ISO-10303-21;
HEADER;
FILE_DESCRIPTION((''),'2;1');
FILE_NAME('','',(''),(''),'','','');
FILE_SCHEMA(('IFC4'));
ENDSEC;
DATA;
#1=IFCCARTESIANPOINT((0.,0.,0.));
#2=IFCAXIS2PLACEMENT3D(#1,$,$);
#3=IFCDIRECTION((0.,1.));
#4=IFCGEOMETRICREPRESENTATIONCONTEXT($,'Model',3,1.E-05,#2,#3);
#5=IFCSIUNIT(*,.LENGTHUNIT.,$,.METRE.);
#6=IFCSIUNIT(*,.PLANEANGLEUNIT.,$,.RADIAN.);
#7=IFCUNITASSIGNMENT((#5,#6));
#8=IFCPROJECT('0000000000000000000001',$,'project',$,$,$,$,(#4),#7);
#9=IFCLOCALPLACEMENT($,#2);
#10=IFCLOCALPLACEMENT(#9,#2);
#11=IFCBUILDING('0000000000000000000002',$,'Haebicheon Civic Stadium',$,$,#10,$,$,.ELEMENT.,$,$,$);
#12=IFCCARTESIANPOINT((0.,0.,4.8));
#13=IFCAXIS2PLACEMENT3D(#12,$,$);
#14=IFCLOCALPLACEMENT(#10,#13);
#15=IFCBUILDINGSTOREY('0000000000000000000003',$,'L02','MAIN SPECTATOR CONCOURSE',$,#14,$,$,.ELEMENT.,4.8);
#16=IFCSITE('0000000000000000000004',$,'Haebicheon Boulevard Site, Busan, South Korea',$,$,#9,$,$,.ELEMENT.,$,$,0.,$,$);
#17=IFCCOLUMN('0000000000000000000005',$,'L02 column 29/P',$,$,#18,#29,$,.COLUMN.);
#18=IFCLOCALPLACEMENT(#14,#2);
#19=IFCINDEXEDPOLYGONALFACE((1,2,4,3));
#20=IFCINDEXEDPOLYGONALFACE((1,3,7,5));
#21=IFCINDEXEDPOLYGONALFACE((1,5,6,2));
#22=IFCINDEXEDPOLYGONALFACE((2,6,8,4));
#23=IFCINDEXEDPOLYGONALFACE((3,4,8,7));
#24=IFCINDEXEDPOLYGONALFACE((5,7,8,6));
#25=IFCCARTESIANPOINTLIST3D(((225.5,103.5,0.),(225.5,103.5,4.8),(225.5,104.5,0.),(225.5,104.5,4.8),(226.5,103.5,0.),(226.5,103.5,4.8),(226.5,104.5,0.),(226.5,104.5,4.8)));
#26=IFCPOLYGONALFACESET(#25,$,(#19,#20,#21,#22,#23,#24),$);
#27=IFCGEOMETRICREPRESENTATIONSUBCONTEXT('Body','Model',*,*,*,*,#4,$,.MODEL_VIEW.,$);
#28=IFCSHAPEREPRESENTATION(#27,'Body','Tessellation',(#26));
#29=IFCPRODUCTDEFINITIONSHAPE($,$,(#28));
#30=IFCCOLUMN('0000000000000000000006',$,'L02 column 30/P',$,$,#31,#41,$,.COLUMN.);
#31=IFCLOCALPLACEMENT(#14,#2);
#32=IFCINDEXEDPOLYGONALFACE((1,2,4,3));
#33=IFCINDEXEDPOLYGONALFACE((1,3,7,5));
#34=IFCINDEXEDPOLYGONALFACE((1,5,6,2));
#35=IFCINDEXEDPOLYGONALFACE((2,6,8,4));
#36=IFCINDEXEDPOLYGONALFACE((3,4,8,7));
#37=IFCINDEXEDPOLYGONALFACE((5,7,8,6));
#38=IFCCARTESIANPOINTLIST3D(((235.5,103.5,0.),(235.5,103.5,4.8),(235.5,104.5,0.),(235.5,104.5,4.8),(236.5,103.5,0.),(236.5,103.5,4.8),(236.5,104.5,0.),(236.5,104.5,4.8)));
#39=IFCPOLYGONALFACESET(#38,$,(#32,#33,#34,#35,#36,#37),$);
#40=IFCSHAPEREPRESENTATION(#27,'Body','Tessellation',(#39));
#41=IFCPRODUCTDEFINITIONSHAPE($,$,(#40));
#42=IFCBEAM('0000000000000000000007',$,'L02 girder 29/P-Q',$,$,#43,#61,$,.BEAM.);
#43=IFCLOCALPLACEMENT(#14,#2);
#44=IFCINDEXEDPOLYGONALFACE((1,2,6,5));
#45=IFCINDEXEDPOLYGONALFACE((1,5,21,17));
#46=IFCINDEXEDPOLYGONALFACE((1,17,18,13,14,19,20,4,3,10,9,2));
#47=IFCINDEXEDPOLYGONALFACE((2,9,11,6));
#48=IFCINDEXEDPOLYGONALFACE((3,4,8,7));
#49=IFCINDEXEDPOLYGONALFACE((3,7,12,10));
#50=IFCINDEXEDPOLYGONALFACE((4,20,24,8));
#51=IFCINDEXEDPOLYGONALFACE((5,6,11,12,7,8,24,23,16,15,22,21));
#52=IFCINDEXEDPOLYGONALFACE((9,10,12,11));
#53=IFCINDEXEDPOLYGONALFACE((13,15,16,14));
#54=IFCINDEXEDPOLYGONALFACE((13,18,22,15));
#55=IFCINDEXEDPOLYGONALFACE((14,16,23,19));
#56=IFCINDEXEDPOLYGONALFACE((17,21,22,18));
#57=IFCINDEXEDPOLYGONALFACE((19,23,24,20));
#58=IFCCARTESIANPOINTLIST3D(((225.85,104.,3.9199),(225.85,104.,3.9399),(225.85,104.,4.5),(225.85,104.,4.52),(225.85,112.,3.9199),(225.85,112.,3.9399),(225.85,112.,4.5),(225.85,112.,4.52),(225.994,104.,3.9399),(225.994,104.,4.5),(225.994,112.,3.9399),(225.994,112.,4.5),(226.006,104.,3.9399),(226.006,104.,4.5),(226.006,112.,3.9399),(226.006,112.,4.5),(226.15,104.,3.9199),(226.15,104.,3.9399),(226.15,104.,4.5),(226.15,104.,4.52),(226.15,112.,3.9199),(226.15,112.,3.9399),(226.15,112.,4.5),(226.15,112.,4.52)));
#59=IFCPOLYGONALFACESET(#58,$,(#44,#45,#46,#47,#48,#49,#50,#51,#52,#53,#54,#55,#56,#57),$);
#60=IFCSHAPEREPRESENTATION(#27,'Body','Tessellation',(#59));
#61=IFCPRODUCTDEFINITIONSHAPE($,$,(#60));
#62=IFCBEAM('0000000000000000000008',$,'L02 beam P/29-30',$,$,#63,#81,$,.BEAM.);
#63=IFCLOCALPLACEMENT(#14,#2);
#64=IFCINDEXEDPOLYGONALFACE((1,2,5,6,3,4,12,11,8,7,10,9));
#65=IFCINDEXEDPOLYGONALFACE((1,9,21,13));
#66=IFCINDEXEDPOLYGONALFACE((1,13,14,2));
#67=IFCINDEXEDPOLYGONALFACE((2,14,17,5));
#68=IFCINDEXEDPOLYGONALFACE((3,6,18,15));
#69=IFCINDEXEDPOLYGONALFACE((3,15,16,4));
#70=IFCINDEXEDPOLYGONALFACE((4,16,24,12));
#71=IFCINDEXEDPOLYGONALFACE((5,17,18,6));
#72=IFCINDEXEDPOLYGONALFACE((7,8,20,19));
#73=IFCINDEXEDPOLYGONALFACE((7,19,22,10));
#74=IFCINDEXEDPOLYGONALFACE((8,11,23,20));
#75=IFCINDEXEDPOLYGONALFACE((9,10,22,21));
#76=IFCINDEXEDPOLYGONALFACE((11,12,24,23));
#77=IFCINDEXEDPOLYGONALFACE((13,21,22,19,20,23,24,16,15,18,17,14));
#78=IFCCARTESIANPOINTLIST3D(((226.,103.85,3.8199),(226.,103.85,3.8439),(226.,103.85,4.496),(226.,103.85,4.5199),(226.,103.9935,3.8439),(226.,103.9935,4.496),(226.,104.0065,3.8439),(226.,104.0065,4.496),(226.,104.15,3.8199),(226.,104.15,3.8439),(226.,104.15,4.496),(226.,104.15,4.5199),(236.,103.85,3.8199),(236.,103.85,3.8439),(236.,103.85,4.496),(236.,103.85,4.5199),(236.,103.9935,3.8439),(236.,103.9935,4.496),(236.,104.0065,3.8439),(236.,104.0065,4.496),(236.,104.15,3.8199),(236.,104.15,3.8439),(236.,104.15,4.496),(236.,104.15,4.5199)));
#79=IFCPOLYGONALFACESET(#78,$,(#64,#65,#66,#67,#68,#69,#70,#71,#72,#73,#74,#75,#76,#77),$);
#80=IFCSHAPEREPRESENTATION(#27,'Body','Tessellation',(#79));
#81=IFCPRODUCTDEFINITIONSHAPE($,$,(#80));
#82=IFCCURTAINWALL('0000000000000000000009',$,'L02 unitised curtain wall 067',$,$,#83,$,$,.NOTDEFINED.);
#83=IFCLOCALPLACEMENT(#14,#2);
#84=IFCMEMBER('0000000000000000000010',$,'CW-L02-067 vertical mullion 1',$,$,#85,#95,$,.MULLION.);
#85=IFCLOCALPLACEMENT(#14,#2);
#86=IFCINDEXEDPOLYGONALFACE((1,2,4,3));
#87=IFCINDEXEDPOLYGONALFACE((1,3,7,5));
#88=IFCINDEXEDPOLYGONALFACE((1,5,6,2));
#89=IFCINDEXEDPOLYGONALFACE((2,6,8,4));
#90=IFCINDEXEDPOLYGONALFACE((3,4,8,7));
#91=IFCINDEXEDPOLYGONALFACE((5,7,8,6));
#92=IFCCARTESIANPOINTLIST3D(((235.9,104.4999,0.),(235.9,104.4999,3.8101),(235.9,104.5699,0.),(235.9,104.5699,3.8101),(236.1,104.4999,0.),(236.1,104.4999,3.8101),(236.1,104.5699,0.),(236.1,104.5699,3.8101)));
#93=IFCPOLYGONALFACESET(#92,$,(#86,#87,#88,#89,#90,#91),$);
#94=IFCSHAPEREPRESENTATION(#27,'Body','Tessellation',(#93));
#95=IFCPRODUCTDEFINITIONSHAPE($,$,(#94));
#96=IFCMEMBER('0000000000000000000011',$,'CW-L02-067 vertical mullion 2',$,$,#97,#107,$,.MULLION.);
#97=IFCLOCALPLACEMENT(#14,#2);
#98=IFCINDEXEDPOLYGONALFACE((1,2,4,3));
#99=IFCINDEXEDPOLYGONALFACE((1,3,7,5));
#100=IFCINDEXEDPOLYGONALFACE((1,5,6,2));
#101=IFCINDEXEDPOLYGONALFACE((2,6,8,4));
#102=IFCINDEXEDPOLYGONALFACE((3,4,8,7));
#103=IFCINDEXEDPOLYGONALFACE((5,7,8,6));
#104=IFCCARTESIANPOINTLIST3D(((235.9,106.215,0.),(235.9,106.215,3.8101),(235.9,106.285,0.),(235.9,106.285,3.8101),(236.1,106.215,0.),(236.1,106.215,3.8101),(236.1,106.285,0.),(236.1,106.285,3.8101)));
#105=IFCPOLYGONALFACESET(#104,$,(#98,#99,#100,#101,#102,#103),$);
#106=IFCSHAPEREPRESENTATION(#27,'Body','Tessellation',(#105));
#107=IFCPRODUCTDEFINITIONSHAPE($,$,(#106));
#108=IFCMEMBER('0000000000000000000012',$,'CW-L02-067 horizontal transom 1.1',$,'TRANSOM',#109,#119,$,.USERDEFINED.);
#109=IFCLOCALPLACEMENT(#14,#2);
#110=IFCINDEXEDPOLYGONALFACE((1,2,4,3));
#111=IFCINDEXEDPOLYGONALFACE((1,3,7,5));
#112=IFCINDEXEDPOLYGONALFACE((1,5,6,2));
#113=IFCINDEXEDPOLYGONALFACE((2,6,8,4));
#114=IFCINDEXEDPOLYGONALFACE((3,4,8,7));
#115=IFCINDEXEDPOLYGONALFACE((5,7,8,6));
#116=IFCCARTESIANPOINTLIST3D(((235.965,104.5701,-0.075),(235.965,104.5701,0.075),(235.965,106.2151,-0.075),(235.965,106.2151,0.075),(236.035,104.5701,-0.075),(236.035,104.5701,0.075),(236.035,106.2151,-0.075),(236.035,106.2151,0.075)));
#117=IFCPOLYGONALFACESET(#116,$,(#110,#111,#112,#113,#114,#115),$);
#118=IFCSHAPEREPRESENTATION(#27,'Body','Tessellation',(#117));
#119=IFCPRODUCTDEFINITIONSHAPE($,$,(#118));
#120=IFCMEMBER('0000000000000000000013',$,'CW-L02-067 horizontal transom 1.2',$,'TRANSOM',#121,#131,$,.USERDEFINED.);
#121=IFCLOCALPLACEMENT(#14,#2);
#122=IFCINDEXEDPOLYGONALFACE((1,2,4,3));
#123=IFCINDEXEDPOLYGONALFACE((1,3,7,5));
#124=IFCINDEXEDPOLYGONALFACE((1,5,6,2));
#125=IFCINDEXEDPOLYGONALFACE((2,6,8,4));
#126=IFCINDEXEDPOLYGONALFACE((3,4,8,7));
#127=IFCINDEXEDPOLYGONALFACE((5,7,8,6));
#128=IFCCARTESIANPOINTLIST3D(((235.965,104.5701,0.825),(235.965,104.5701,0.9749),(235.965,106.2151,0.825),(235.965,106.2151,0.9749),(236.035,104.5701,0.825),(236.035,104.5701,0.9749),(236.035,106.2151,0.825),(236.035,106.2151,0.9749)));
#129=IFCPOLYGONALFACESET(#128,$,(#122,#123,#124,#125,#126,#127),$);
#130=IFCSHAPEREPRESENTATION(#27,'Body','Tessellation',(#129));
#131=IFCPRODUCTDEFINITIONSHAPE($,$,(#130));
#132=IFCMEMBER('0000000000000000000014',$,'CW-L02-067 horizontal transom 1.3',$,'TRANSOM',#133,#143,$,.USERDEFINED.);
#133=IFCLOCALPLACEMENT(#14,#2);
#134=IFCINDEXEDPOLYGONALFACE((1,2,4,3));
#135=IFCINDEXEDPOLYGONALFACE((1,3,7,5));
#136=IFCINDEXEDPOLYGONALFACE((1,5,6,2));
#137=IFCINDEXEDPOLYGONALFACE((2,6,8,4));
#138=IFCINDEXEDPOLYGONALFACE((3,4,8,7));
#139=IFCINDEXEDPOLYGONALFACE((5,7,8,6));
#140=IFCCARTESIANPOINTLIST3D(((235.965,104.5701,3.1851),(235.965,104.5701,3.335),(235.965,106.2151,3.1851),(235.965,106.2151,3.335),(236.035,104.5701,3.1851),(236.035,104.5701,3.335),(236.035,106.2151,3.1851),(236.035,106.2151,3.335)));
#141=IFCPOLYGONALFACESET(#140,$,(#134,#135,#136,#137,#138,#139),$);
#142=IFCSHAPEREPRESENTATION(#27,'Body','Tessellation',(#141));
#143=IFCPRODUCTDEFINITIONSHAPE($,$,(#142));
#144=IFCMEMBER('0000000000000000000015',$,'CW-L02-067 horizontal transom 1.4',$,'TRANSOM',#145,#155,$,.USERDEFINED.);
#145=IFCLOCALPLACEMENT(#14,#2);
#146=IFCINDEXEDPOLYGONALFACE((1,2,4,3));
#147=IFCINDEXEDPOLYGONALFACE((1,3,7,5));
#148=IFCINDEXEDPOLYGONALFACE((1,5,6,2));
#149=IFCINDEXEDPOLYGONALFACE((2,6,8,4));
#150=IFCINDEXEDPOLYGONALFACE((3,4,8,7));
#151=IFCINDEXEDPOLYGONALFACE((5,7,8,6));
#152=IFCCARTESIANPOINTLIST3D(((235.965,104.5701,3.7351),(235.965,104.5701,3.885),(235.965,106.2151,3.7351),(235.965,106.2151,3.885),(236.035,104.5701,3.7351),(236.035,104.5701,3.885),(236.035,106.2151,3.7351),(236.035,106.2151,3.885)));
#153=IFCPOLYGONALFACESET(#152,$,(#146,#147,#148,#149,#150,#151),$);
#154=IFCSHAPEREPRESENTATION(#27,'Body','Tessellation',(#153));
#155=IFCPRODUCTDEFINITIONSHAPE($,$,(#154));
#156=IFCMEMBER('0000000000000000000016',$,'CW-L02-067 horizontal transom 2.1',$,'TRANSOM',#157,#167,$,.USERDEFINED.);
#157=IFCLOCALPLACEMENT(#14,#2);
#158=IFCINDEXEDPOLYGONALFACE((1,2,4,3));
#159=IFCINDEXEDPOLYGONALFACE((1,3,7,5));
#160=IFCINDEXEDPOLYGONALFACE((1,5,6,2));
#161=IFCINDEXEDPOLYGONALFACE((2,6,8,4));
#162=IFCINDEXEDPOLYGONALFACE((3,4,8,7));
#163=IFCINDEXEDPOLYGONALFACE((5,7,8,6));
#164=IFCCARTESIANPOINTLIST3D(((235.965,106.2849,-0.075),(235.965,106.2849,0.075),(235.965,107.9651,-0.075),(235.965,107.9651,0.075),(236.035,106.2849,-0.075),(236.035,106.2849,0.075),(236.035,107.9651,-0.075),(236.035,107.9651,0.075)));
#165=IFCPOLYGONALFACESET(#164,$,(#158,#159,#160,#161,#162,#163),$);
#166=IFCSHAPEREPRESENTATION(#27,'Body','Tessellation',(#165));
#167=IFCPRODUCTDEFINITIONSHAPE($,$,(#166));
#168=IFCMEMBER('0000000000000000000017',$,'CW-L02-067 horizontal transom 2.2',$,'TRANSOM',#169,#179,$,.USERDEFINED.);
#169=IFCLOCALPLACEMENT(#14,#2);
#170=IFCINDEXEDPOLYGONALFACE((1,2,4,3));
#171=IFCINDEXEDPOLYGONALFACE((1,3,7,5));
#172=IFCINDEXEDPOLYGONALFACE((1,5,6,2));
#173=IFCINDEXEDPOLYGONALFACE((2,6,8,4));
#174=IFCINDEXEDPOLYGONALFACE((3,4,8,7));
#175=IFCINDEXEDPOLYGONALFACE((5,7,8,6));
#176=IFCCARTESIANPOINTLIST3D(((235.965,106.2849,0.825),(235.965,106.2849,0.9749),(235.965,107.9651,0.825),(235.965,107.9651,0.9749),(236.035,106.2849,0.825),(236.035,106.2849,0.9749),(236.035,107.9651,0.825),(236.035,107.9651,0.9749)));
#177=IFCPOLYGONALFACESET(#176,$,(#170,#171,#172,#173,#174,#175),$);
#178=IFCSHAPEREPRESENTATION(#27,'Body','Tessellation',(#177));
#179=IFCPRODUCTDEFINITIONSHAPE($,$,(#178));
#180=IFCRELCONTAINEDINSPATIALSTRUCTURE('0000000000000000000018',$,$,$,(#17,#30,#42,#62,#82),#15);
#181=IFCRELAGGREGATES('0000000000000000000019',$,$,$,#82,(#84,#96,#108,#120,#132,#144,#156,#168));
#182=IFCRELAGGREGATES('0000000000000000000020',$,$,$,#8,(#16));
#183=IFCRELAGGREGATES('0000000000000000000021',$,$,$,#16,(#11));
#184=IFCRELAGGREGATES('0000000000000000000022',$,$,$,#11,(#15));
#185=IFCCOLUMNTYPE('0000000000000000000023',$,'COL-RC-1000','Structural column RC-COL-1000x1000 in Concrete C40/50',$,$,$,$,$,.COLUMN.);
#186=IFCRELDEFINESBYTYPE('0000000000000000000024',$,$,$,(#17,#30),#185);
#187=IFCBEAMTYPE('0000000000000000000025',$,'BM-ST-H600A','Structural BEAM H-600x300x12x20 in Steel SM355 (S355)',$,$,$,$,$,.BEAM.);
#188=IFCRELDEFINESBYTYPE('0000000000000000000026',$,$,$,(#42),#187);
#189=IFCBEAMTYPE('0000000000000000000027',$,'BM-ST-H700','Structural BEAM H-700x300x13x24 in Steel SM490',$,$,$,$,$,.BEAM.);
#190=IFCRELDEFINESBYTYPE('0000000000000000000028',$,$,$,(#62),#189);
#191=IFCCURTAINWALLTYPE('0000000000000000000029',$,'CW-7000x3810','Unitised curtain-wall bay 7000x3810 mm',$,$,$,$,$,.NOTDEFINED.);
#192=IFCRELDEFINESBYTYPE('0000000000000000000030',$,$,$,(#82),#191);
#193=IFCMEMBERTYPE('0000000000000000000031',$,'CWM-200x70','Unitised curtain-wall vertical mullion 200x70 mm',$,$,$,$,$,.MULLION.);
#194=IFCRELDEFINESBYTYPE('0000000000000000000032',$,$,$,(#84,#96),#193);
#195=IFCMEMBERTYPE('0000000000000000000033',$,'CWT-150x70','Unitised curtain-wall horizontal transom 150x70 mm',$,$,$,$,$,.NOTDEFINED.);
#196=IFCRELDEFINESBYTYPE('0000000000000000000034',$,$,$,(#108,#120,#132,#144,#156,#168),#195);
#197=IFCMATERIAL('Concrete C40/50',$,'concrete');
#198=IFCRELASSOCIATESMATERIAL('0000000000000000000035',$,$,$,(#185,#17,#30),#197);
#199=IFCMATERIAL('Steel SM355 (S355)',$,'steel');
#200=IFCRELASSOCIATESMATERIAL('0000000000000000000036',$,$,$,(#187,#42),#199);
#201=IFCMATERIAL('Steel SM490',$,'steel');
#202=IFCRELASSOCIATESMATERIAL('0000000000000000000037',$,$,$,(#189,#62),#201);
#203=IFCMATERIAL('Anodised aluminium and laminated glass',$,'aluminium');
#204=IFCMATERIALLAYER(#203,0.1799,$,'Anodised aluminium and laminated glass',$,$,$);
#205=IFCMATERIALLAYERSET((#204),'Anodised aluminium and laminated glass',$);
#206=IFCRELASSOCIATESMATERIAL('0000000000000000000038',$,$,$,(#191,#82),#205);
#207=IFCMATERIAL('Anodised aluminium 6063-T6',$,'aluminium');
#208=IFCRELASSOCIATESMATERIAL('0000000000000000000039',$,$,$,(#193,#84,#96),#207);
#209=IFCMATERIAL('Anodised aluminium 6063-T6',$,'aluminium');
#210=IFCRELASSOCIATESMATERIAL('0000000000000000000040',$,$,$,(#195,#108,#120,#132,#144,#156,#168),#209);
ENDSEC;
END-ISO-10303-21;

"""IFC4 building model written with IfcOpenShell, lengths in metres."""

from ifc_helpers import new_model, si_unit, direction, frame, origin, origin_2d, place, context, subcontext, project, spatial, rectangle, i_section, extrude, material, layer, layer_set, material_profile, profile_set, type_object, element, aggregate, save


model = new_model("IFC4")

# Units and contexts
model_context = context("Model", 3, precision=1e-05, world=origin(), true_north=direction((0.0, 1.0)))
body_context = subcontext(model_context, "Body", "Model", "MODEL_VIEW")
ifc_project = project(units=[si_unit("LENGTHUNIT", "METRE"), si_unit("PLANEANGLEUNIT", "RADIAN")], contexts=[model_context])

# Site, building, storey
site_placement = place(None, origin())
site = spatial("IfcSite", under=ifc_project, at=site_placement, Name="Haebicheon Boulevard Site, Busan, South Korea", CompositionType="ELEMENT", RefElevation=0.0)
building_placement = place(site_placement, origin())
building = spatial("IfcBuilding", under=site, at=building_placement, Name="Haebicheon Civic Stadium", CompositionType="ELEMENT")
storey_placement = place(building_placement, frame((0.0, 0.0, 4.8)))
storey = spatial("IfcBuildingStorey", under=building, at=storey_placement, Name="L02", Description="MAIN SPECTATOR CONCOURSE", CompositionType="ELEMENT", Elevation=4.8)

# Columns
ifc_material_1 = material(Name="Concrete C40/50", Category="concrete")
ifc_material_profile_1 = material_profile(ifc_material_1, rectangle(XDim=1.0, YDim=1.0, at=origin_2d()), Name="RC-COL-1000x1000")
ifc_profile_set_1 = profile_set([ifc_material_profile_1], Name="Concrete C40/50")
column_type = type_object("IfcColumnType", Name="COL-RC-1000", Description="Structural column RC-COL-1000x1000 in Concrete C40/50", PredefinedType="COLUMN", material=ifc_profile_set_1)
for number, where, z_axis, x_axis, name in (
    (1, (226.0, 104.0, 0.0), (0.0, 0.0, 1.0), (1.0, 0.0, 0.0), "L02 column 29/P"),
    (2, (236.0, 104.0, 0.0), (0.0, 0.0, 1.0), (1.0, 0.0, 0.0), "L02 column 30/P"),
):
    element("IfcColumn", number, at=place(storey_placement, frame(where, z_axis=z_axis, x_axis=x_axis)), inside=storey, type_object=column_type, material=ifc_profile_set_1, Name=name, PredefinedType="COLUMN", context=body_context, shape_type="SweptSolid", body=[
        extrude(rectangle(XDim=1.0, YDim=1.0, at=origin_2d()), origin(), (0.0, 0.0, 1.0), 4.8),
    ])

# Beams
ifc_material_2 = material(Name="Steel SM355 (S355)", Category="steel")
ifc_material_profile_2 = material_profile(ifc_material_2, i_section(OverallWidth=0.3, OverallDepth=0.6001, WebThickness=0.012, FlangeThickness=0.02, at=origin_2d()), Name="H-600x300x12x20")
ifc_profile_set_2 = profile_set([ifc_material_profile_2], Name="Steel SM355 (S355)")
beam_type_1 = type_object("IfcBeamType", Name="BM-ST-H600A", Description="Structural BEAM H-600x300x12x20 in Steel SM355 (S355)", PredefinedType="BEAM", material=ifc_profile_set_2)
beam_1_placement = place(storey_placement, frame((226.0, 104.0, 4.22), z_axis=(0.0, 1.0, 0.0), x_axis=(-1.0, 0.0, 0.0)))
element("IfcBeam", 3, at=beam_1_placement, inside=storey, type_object=beam_type_1, material=ifc_profile_set_2, Name="L02 girder 29/P-Q", PredefinedType="BEAM", context=body_context, shape_type="SweptSolid", body=[
    extrude(i_section(OverallWidth=0.3, OverallDepth=0.6001, WebThickness=0.012, FlangeThickness=0.02, at=origin_2d()), origin(), (0.0, 0.0, 1.0), 8.0),
])
ifc_material_3 = material(Name="Steel SM490", Category="steel")
ifc_material_profile_3 = material_profile(ifc_material_3, i_section(OverallWidth=0.3, OverallDepth=0.7, WebThickness=0.0129, FlangeThickness=0.0239, at=origin_2d()), Name="H-700x300x13x24")
ifc_profile_set_3 = profile_set([ifc_material_profile_3], Name="Steel SM490")
beam_type_2 = type_object("IfcBeamType", Name="BM-ST-H700", Description="Structural BEAM H-700x300x13x24 in Steel SM490", PredefinedType="BEAM", material=ifc_profile_set_3)
beam_2_placement = place(storey_placement, frame((226.0, 104.0, 4.1699), z_axis=(1.0, 0.0, 0.0), x_axis=(0.0, 1.0, 0.0)))
element("IfcBeam", 4, at=beam_2_placement, inside=storey, type_object=beam_type_2, material=ifc_profile_set_3, Name="L02 beam P/29-30", PredefinedType="BEAM", context=body_context, shape_type="SweptSolid", body=[
    extrude(i_section(OverallWidth=0.3, OverallDepth=0.7, WebThickness=0.0129, FlangeThickness=0.0239, at=origin_2d()), origin(), (0.0, 0.0, 1.0), 10.0),
])

# Curtain wall, members
ifc_material_4 = material(Name="Anodised aluminium and laminated glass", Category="aluminium")
ifc_layer_1 = layer(ifc_material_4, 0.1799, Name="Anodised aluminium and laminated glass")
ifc_layer_set_1 = layer_set([ifc_layer_1], Name="Anodised aluminium and laminated glass")
curtain_wall_type = type_object("IfcCurtainWallType", Name="CW-7000x3810", Description="Unitised curtain-wall bay 7000x3810 mm", PredefinedType="NOTDEFINED", material=ifc_layer_set_1)
curtain_wall_placement = place(storey_placement, origin())
curtain_wall = element("IfcCurtainWall", 5, at=curtain_wall_placement, inside=storey, type_object=curtain_wall_type, material=ifc_layer_set_1, Name="L02 unitised curtain wall 067", PredefinedType="NOTDEFINED")
ifc_material_5 = material(Name="Anodised aluminium 6063-T6", Category="aluminium")
ifc_material_profile_4 = material_profile(ifc_material_5, rectangle(XDim=0.0701, YDim=0.2, at=origin_2d()), Name="ALU-MULL-70x200")
ifc_profile_set_4 = profile_set([ifc_material_profile_4], Name="Anodised aluminium 6063-T6")
member_type_1 = type_object("IfcMemberType", Name="CWM-200x70", Description="Unitised curtain-wall vertical mullion 200x70 mm", PredefinedType="MULLION", material=ifc_profile_set_4)
member_1_placement = place(storey_placement, frame((236.0, 104.5349, 0.0), z_axis=(0.0, 0.0, 1.0), x_axis=(0.0, 1.0, 0.0)))
member_1 = element("IfcMember", 6, at=member_1_placement, type_object=member_type_1, material=ifc_profile_set_4, Name="CW-L02-067 vertical mullion 1", PredefinedType="MULLION", context=body_context, shape_type="SweptSolid", body=[
    extrude(rectangle(XDim=0.0701, YDim=0.2, at=origin_2d()), origin(), (0.0, 0.0, 1.0), 3.8101),
])
member_2_placement = place(storey_placement, frame((236.0, 106.25, 0.0), z_axis=(0.0, 0.0, 1.0), x_axis=(0.0, 1.0, 0.0)))
member_2 = element("IfcMember", 7, at=member_2_placement, type_object=member_type_1, material=ifc_profile_set_4, Name="CW-L02-067 vertical mullion 2", PredefinedType="MULLION", context=body_context, shape_type="SweptSolid", body=[
    extrude(rectangle(XDim=0.0701, YDim=0.2, at=origin_2d()), origin(), (0.0, 0.0, 1.0), 3.8101),
])
ifc_material_6 = material(Name="Anodised aluminium 6063-T6", Category="aluminium")
ifc_material_profile_5 = material_profile(ifc_material_6, rectangle(XDim=0.0701, YDim=0.1499, at=origin_2d()), Name="ALU-TRAN-70x150")
ifc_profile_set_5 = profile_set([ifc_material_profile_5], Name="Anodised aluminium 6063-T6")
member_type_2 = type_object("IfcMemberType", Name="CWT-150x70", Description="Unitised curtain-wall horizontal transom 150x70 mm", PredefinedType="NOTDEFINED", material=ifc_profile_set_5)
member_3_placement = place(storey_placement, frame((236.0, 104.5701, 0.0), z_axis=(0.0, 1.0, 0.0), x_axis=(-1.0, 0.0, 0.0)))
member_3 = element("IfcMember", 8, at=member_3_placement, type_object=member_type_2, material=ifc_profile_set_5, Name="CW-L02-067 horizontal transom 1.1", ObjectType="TRANSOM", PredefinedType="USERDEFINED", context=body_context, shape_type="SweptSolid", body=[
    extrude(rectangle(XDim=0.0701, YDim=0.1499, at=origin_2d()), origin(), (0.0, 0.0, 1.0), 1.645),
])
member_4_placement = place(storey_placement, frame((236.0, 104.5701, 0.8999), z_axis=(0.0, 1.0, 0.0), x_axis=(-1.0, 0.0, 0.0)))
member_4 = element("IfcMember", 9, at=member_4_placement, type_object=member_type_2, material=ifc_profile_set_5, Name="CW-L02-067 horizontal transom 1.2", ObjectType="TRANSOM", PredefinedType="USERDEFINED", context=body_context, shape_type="SweptSolid", body=[
    extrude(rectangle(XDim=0.0701, YDim=0.1499, at=origin_2d()), origin(), (0.0, 0.0, 1.0), 1.645),
])
member_5_placement = place(storey_placement, frame((236.0, 104.5701, 3.26), z_axis=(0.0, 1.0, 0.0), x_axis=(-1.0, 0.0, 0.0)))
member_5 = element("IfcMember", 10, at=member_5_placement, type_object=member_type_2, material=ifc_profile_set_5, Name="CW-L02-067 horizontal transom 1.3", ObjectType="TRANSOM", PredefinedType="USERDEFINED", context=body_context, shape_type="SweptSolid", body=[
    extrude(rectangle(XDim=0.0701, YDim=0.1499, at=origin_2d()), origin(), (0.0, 0.0, 1.0), 1.645),
])
member_6_placement = place(storey_placement, frame((236.0, 104.5701, 3.8101), z_axis=(0.0, 1.0, 0.0), x_axis=(-1.0, 0.0, 0.0)))
member_6 = element("IfcMember", 11, at=member_6_placement, type_object=member_type_2, material=ifc_profile_set_5, Name="CW-L02-067 horizontal transom 1.4", ObjectType="TRANSOM", PredefinedType="USERDEFINED", context=body_context, shape_type="SweptSolid", body=[
    extrude(rectangle(XDim=0.0701, YDim=0.1499, at=origin_2d()), origin(), (0.0, 0.0, 1.0), 1.645),
])
member_7_placement = place(storey_placement, frame((236.0, 106.2849, 0.0), z_axis=(0.0, 1.0, 0.0), x_axis=(-1.0, 0.0, 0.0)))
member_7 = element("IfcMember", 12, at=member_7_placement, type_object=member_type_2, material=ifc_profile_set_5, Name="CW-L02-067 horizontal transom 2.1", ObjectType="TRANSOM", PredefinedType="USERDEFINED", context=body_context, shape_type="SweptSolid", body=[
    extrude(rectangle(XDim=0.0701, YDim=0.1499, at=origin_2d()), origin(), (0.0, 0.0, 1.0), 1.6802),
])
member_8_placement = place(storey_placement, frame((236.0, 106.2849, 0.8999), z_axis=(0.0, 1.0, 0.0), x_axis=(-1.0, 0.0, 0.0)))
member_8 = element("IfcMember", 13, at=member_8_placement, type_object=member_type_2, material=ifc_profile_set_5, Name="CW-L02-067 horizontal transom 2.2", ObjectType="TRANSOM", PredefinedType="USERDEFINED", context=body_context, shape_type="SweptSolid", body=[
    extrude(rectangle(XDim=0.0701, YDim=0.1499, at=origin_2d()), origin(), (0.0, 0.0, 1.0), 1.6802),
])

aggregate(curtain_wall, [member_1, member_2, member_3, member_4, member_5, member_6, member_7, member_8])

save(model, "model.ifc")
